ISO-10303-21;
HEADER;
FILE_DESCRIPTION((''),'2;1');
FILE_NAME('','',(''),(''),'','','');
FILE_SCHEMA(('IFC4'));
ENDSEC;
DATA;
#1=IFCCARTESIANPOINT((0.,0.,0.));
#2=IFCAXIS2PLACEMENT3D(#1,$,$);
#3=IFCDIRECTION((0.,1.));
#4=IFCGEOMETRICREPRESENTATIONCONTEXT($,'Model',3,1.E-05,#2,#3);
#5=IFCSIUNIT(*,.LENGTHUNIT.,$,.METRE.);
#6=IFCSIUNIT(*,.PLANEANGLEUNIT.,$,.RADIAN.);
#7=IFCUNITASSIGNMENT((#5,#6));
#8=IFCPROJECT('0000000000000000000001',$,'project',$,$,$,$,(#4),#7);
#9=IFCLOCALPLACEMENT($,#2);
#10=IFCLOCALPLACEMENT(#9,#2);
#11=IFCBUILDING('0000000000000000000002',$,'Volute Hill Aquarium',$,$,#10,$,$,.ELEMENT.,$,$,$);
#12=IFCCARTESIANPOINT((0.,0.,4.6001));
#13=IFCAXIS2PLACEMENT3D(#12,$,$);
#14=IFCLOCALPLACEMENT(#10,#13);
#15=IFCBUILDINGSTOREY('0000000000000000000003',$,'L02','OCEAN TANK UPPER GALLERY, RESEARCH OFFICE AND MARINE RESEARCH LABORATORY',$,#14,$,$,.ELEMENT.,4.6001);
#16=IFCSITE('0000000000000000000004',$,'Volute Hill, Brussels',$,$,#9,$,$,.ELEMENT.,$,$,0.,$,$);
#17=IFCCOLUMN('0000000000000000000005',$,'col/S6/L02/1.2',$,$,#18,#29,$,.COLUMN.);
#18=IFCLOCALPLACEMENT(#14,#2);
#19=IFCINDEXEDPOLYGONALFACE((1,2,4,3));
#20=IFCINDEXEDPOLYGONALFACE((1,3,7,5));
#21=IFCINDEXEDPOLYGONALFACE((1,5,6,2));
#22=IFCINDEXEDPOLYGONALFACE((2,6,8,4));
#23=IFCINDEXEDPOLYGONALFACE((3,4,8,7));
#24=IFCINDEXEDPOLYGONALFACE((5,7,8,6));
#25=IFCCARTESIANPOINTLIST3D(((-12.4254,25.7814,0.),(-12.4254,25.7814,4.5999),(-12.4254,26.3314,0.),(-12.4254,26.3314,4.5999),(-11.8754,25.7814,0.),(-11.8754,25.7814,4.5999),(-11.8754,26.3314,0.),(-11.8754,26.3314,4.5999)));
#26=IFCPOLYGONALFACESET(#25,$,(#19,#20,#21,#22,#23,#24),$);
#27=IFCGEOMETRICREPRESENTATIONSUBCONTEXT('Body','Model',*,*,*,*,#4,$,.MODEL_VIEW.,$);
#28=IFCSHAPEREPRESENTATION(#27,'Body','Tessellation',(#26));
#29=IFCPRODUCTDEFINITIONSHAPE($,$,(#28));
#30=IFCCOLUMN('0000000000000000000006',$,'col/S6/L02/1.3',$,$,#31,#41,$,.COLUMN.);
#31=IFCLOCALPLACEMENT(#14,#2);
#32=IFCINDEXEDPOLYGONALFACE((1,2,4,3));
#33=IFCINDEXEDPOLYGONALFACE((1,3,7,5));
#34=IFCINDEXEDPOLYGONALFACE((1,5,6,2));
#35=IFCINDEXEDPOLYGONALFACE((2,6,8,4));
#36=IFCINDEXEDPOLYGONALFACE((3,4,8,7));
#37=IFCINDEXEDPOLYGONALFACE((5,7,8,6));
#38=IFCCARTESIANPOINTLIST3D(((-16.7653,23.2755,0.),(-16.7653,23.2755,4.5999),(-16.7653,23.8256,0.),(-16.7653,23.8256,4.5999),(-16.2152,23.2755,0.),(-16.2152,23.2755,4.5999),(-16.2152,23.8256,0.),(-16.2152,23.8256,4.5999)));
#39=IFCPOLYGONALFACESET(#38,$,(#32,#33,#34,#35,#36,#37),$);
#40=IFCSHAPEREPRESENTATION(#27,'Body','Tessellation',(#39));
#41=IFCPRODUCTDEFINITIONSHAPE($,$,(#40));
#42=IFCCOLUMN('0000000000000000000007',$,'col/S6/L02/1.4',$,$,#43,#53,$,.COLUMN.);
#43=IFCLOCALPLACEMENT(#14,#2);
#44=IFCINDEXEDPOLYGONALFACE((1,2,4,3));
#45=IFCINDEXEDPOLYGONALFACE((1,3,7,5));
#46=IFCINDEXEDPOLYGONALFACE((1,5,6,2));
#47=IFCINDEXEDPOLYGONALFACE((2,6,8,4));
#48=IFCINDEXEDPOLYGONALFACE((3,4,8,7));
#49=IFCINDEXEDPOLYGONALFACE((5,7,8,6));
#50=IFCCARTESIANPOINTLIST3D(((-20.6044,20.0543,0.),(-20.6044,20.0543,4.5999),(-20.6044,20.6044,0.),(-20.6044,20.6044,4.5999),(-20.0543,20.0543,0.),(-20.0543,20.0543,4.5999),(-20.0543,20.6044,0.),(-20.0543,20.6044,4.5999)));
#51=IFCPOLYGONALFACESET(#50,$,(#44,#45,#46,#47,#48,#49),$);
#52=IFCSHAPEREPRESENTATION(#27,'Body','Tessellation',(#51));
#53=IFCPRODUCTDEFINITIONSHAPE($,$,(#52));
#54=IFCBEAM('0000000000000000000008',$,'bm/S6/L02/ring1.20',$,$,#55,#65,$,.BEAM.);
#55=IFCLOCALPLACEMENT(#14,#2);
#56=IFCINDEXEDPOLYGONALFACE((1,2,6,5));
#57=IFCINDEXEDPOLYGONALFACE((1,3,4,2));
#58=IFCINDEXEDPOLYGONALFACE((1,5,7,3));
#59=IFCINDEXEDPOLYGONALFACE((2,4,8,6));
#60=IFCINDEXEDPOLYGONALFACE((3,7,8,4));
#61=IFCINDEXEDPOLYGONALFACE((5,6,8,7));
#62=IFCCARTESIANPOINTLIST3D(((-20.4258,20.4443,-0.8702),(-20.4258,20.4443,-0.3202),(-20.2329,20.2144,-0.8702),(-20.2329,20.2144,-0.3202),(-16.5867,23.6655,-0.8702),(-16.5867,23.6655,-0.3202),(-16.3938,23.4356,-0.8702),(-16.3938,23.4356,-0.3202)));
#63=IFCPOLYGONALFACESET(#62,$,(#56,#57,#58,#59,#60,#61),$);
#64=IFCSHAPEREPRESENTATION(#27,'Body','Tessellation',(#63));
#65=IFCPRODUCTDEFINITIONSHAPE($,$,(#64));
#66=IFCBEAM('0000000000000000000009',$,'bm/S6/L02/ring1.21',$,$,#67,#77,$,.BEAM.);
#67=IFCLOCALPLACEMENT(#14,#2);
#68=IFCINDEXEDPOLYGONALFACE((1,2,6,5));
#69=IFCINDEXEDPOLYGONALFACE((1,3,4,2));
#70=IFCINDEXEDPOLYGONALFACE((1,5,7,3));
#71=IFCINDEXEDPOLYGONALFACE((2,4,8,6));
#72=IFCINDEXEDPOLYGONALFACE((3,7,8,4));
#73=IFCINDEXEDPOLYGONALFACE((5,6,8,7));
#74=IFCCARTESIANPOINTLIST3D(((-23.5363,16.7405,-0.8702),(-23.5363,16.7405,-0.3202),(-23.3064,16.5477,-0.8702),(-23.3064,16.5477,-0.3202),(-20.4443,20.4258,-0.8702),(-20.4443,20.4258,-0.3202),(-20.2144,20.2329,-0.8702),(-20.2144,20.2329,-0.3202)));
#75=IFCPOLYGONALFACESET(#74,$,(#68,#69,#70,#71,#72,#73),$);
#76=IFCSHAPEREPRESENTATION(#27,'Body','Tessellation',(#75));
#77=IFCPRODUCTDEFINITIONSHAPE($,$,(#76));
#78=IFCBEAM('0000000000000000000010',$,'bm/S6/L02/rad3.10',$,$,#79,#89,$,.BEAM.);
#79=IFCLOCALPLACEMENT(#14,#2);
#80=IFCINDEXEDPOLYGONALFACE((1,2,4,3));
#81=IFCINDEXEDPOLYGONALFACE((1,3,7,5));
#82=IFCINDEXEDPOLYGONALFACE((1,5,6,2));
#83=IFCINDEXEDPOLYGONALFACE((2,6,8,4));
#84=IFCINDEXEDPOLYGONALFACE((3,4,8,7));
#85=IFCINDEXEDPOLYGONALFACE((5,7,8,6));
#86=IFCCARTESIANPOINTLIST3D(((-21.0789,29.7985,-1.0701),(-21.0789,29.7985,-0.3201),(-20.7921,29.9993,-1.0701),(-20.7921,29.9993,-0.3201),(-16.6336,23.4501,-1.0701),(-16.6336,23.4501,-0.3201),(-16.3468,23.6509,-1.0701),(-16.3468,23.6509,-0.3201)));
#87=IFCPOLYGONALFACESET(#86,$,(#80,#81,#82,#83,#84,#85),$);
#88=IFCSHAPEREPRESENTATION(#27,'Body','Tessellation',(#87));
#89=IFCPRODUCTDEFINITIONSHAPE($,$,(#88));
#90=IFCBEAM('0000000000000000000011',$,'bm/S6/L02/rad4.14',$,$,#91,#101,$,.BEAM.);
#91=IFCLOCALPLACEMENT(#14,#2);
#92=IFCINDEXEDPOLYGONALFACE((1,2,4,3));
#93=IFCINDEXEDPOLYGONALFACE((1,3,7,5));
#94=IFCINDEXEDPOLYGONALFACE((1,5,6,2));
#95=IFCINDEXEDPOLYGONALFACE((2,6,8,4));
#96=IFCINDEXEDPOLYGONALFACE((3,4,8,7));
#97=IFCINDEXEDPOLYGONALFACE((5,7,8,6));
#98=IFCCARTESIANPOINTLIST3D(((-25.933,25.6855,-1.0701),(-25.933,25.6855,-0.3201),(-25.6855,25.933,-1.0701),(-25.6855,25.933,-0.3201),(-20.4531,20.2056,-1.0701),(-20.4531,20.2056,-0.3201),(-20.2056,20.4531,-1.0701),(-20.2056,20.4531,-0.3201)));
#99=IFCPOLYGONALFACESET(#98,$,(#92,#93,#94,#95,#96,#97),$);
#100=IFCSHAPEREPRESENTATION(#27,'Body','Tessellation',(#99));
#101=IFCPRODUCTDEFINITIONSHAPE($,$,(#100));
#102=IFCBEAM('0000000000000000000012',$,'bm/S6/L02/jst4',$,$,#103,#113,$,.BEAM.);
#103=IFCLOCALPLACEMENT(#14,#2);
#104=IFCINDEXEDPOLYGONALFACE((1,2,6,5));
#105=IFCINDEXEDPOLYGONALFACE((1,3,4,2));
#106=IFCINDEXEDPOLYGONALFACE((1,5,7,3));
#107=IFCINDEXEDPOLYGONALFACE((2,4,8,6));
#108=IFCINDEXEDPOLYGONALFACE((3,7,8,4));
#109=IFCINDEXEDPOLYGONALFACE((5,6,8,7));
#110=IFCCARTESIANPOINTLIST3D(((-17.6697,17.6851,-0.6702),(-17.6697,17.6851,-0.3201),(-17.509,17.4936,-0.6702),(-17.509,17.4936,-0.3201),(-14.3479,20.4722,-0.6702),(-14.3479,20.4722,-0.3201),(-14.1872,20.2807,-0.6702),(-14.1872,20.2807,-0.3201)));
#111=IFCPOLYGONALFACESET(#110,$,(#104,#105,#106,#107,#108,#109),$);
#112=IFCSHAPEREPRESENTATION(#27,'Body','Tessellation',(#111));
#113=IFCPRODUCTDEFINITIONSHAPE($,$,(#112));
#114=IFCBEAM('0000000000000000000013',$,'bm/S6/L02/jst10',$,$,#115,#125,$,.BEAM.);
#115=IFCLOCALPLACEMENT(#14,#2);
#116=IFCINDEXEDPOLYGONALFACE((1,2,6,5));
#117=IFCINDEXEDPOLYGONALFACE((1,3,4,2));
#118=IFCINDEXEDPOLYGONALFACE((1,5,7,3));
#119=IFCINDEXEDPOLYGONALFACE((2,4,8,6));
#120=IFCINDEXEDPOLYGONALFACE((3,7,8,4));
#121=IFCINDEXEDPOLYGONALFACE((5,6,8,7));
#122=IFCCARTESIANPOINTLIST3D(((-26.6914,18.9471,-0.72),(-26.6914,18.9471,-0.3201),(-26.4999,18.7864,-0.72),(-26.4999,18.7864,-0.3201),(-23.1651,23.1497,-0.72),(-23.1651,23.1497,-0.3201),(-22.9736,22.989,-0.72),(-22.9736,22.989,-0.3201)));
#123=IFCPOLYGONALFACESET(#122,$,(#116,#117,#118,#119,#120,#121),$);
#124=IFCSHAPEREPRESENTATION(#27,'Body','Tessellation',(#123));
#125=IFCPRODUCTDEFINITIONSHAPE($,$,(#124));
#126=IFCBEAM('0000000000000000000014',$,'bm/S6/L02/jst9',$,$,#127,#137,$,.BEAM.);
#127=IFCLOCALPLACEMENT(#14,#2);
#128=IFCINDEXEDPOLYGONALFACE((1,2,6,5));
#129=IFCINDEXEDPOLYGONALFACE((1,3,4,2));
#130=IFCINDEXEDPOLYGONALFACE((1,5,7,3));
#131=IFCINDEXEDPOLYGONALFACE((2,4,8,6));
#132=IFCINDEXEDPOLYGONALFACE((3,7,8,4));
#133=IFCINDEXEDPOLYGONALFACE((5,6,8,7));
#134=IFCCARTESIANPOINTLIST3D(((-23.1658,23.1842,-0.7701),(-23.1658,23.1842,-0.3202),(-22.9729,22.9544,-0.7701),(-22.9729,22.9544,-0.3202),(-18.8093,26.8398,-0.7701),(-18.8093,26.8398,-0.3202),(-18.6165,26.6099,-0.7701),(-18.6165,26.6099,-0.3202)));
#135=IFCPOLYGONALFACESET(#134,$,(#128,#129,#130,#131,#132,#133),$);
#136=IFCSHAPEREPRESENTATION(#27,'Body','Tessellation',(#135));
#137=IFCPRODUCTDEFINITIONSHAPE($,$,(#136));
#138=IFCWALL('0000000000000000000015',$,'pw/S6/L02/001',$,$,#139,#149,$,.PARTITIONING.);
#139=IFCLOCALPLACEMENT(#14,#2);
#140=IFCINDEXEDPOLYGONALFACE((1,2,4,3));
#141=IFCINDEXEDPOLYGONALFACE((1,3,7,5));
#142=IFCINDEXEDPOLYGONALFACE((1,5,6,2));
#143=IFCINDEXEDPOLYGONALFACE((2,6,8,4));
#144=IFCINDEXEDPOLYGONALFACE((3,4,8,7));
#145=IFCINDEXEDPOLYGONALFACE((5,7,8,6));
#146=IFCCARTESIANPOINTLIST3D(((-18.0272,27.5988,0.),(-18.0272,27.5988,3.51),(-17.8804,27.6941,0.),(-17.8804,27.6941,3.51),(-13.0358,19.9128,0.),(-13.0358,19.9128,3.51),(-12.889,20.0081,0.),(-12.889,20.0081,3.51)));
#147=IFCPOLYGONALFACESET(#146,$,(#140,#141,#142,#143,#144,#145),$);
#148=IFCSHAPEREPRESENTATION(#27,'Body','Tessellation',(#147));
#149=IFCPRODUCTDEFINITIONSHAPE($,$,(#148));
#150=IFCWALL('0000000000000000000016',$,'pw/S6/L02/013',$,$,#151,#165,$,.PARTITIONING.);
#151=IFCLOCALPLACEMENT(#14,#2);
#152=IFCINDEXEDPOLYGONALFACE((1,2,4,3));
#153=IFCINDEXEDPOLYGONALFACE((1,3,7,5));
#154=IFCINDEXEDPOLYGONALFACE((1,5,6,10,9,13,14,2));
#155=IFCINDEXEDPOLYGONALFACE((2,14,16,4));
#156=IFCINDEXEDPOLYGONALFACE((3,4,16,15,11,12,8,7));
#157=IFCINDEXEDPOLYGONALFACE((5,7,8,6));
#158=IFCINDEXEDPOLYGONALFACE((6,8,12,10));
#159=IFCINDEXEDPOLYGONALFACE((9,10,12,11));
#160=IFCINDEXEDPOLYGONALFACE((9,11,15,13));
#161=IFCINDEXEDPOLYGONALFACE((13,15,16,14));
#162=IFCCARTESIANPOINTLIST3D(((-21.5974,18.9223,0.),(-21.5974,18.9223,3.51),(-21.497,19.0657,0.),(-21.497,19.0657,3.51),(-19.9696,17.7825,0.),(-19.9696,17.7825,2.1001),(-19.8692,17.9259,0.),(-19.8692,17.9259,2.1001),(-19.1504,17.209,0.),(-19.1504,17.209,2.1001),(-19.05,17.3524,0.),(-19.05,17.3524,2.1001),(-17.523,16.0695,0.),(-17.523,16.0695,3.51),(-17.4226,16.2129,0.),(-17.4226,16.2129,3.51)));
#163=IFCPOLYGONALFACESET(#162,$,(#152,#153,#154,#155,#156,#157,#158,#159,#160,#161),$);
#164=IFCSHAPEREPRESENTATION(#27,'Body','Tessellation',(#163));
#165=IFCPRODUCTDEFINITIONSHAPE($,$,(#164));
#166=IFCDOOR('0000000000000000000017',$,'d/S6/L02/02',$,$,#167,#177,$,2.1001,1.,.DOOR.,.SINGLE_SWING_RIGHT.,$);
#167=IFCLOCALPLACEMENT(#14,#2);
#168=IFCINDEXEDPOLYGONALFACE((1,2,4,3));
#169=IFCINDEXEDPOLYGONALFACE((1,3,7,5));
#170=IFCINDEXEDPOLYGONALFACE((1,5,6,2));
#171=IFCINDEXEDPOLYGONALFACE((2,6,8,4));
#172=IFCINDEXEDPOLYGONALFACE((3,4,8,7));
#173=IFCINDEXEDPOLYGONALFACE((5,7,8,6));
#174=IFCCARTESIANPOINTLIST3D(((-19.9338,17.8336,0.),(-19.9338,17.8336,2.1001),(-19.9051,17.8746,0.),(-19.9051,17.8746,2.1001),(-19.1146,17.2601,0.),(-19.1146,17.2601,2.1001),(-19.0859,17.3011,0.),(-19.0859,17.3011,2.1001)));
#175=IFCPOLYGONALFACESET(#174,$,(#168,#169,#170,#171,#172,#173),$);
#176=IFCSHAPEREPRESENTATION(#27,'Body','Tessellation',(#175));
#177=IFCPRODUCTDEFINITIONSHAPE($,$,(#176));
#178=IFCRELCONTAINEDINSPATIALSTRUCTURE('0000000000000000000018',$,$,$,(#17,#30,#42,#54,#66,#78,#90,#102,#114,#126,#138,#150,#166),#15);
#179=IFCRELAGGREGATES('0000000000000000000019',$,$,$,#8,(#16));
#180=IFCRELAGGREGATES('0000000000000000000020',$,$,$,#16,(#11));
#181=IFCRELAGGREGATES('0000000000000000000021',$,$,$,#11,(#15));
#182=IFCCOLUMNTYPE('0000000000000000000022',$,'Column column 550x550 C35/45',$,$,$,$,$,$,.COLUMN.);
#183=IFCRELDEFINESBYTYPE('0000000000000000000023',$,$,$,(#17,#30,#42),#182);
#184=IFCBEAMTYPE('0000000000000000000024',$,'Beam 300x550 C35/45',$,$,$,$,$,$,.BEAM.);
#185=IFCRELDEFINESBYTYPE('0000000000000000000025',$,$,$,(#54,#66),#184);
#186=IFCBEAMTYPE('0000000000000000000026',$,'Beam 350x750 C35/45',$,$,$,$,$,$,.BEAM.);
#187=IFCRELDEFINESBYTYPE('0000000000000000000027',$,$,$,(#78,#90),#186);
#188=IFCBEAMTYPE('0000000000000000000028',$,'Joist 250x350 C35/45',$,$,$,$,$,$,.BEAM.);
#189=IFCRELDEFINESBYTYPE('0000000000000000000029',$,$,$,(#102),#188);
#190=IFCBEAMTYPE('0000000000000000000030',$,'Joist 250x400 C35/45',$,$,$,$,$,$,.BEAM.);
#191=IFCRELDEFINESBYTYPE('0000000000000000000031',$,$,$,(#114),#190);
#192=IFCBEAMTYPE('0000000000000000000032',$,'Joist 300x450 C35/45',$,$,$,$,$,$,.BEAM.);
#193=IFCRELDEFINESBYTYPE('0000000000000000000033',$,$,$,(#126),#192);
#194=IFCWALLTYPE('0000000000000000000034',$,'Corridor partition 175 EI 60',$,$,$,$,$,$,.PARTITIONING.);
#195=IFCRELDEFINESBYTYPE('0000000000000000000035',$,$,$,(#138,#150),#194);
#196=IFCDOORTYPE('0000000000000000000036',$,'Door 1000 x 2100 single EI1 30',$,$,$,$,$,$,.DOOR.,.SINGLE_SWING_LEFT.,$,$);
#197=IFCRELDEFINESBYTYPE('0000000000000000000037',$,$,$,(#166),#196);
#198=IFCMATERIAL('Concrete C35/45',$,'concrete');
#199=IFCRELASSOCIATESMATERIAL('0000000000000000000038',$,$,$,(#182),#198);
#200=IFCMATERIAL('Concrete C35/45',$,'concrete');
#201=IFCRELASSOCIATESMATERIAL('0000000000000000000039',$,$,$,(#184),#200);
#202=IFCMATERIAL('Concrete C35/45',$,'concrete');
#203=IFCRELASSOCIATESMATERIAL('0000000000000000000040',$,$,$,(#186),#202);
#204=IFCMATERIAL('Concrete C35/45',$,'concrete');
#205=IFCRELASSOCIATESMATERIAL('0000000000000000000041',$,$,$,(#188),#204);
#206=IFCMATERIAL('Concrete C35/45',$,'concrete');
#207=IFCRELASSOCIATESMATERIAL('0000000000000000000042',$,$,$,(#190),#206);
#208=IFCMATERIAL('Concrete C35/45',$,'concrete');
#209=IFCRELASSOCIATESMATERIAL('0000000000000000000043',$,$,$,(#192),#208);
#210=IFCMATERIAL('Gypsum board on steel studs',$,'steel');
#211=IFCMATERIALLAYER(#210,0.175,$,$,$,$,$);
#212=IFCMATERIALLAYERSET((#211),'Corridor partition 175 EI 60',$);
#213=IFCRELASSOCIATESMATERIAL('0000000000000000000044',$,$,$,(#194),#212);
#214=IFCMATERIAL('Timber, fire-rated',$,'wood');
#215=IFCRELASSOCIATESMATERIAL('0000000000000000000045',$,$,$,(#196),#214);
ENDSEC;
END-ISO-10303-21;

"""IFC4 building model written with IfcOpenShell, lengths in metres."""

from ifc_helpers import new_model, si_unit, direction, frame, frame_2d, origin, origin_2d, place, context, subcontext, project, spatial, rectangle, extrude, material, layer, layer_set, material_profile, profile_set, type_object, element, fill, save


model = new_model("IFC4")

# Units and contexts
model_context = context("Model", 3, precision=1e-05, world=origin(), true_north=direction((0.0, 1.0)))
body_context = subcontext(model_context, "Body", "Model", "MODEL_VIEW")
ifc_project = project(units=[si_unit("LENGTHUNIT", "METRE"), si_unit("PLANEANGLEUNIT", "RADIAN")], contexts=[model_context])

# Site, building, storey
site_placement = place(None, origin())
site = spatial("IfcSite", under=ifc_project, at=site_placement, Name="Volute Hill, Brussels", CompositionType="ELEMENT", RefElevation=0.0)
building_placement = place(site_placement, origin())
building = spatial("IfcBuilding", under=site, at=building_placement, Name="Volute Hill Aquarium", CompositionType="ELEMENT")
storey_placement = place(building_placement, frame((0.0, 0.0, 4.6001)))
storey = spatial("IfcBuildingStorey", under=building, at=storey_placement, Name="L02", Description="OCEAN TANK UPPER GALLERY, RESEARCH OFFICE AND MARINE RESEARCH LABORATORY", CompositionType="ELEMENT", Elevation=4.6001)

# Columns
ifc_material_1 = material(Name="Concrete C35/45", Category="concrete")
ifc_material_profile_1 = material_profile(ifc_material_1, rectangle(XDim=0.55, YDim=0.55, at=origin_2d()), Name="RC column 550x550")
ifc_profile_set_1 = profile_set([ifc_material_profile_1], Name="Concrete C35/45")
column_type = type_object("IfcColumnType", Name="Column column 550x550 C35/45", PredefinedType="COLUMN", material=ifc_profile_set_1)
for number, where, z_axis, x_axis, name in (
    (1, (-12.1504, 26.0564, 0.0), (0.0, 0.0, 1.0), (1.0, 0.0, 0.0), "col/S6/L02/1.2"),
    (2, (-16.4902, 23.5505, 0.0), (0.0, 0.0, 1.0), (1.0, 0.0, 0.0), "col/S6/L02/1.3"),
    (3, (-20.3293, 20.3293, 0.0), (0.0, 0.0, 1.0), (1.0, 0.0, 0.0), "col/S6/L02/1.4"),
):
    element("IfcColumn", number, at=place(storey_placement, frame(where, z_axis=z_axis, x_axis=x_axis)), inside=storey, type_object=column_type, Name=name, PredefinedType="COLUMN", context=body_context, shape_type="SweptSolid", body=[
        extrude(rectangle(XDim=0.55, YDim=0.55, at=origin_2d()), origin(), (0.0, 0.0, 1.0), 4.5999),
    ])

# Beams
ifc_material_2 = material(Name="Concrete C35/45", Category="concrete")
ifc_material_profile_2 = material_profile(ifc_material_2, rectangle(XDim=0.3, YDim=0.55, at=origin_2d()), Name="RC beam 300x550")
ifc_profile_set_2 = profile_set([ifc_material_profile_2], Name="Concrete C35/45")
beam_type_1 = type_object("IfcBeamType", Name="Beam 300x550 C35/45", PredefinedType="BEAM", material=ifc_profile_set_2)
beam_1_placement = place(storey_placement, frame((-16.4902, 23.5505, -0.5952), z_axis=(-0.766065, -0.642764, 0.0), x_axis=(0.642764, -0.766065, 0.0)))
element("IfcBeam", 4, at=beam_1_placement, inside=storey, type_object=beam_type_1, Name="bm/S6/L02/ring1.20", PredefinedType="BEAM", context=body_context, shape_type="SweptSolid", body=[
    extrude(rectangle(XDim=0.3, YDim=0.55, at=origin_2d()), origin(), (0.0, 0.0, 1.0), 5.0115),
])
beam_2_placement = place(storey_placement, frame((-20.3293, 20.3293, -0.5952), z_axis=(-0.642752, -0.766075, 0.0), x_axis=(0.766075, -0.642752, 0.0)))
element("IfcBeam", 5, at=beam_2_placement, inside=storey, type_object=beam_type_1, Name="bm/S6/L02/ring1.21", PredefinedType="BEAM", context=body_context, shape_type="SweptSolid", body=[
    extrude(rectangle(XDim=0.3, YDim=0.55, at=origin_2d()), origin(), (0.0, 0.0, 1.0), 4.8105),
])
ifc_material_3 = material(Name="Concrete C35/45", Category="concrete")
ifc_material_profile_3 = material_profile(ifc_material_3, rectangle(XDim=0.3501, YDim=0.75, at=origin_2d()), Name="RC beam 350x750")
ifc_profile_set_3 = profile_set([ifc_material_profile_3], Name="Concrete C35/45")
beam_type_2 = type_object("IfcBeamType", Name="Beam 350x750 C35/45", PredefinedType="BEAM", material=ifc_profile_set_3)
beam_3_placement = place(storey_placement, frame((-16.4902, 23.5505, -0.6951), z_axis=(-0.573587, 0.819145, 0.0), x_axis=(-0.819145, -0.573587, 0.0)))
element("IfcBeam", 6, at=beam_3_placement, inside=storey, type_object=beam_type_2, Name="bm/S6/L02/rad3.10", PredefinedType="BEAM", context=body_context, shape_type="SweptSolid", body=[
    extrude(rectangle(XDim=0.3501, YDim=0.75, at=origin_2d()), origin(), (0.0, 0.0, 1.0), 7.75),
])
beam_4_placement = place(storey_placement, frame((-20.3293, 20.3293, -0.6951), z_axis=(-0.707107, 0.707107, 0.0), x_axis=(-0.707107, -0.707107, 0.0)))
element("IfcBeam", 7, at=beam_4_placement, inside=storey, type_object=beam_type_2, Name="bm/S6/L02/rad4.14", PredefinedType="BEAM", context=body_context, shape_type="SweptSolid", body=[
    extrude(rectangle(XDim=0.3501, YDim=0.75, at=origin_2d()), origin(), (0.0, 0.0, 1.0), 7.7498),
])
ifc_material_4 = material(Name="Concrete C35/45", Category="concrete")
ifc_material_profile_4 = material_profile(ifc_material_4, rectangle(XDim=0.25, YDim=0.3501, at=origin_2d()), Name="RC joist 250x350")
ifc_profile_set_4 = profile_set([ifc_material_profile_4], Name="Concrete C35/45")
beam_type_3 = type_object("IfcBeamType", Name="Joist 250x350 C35/45", PredefinedType="BEAM", material=ifc_profile_set_4)
beam_5_placement = place(storey_placement, frame((-14.2676, 20.3765, -0.4951), z_axis=(-0.766066, -0.642762, 0.0), x_axis=(0.642762, -0.766066, 0.0)))
element("IfcBeam", 8, at=beam_5_placement, inside=storey, type_object=beam_type_3, Name="bm/S6/L02/jst4", PredefinedType="BEAM", context=body_context, shape_type="SweptSolid", body=[
    extrude(rectangle(XDim=0.25, YDim=0.3501, at=origin_2d()), origin(), (0.0, 0.0, 1.0), 4.3362),
])
ifc_material_5 = material(Name="Concrete C35/45", Category="concrete")
ifc_material_profile_5 = material_profile(ifc_material_5, rectangle(XDim=0.25, YDim=0.3999, at=origin_2d()), Name="RC joist 250x400")
ifc_profile_set_5 = profile_set([ifc_material_profile_5], Name="Concrete C35/45")
beam_type_4 = type_object("IfcBeamType", Name="Joist 250x400 C35/45", PredefinedType="BEAM", material=ifc_profile_set_5)
beam_6_placement = place(storey_placement, frame((-23.0693, 23.0693, -0.52), z_axis=(-0.642781, -0.76605, 0.0), x_axis=(0.76605, -0.642781, 0.0)))
element("IfcBeam", 9, at=beam_6_placement, inside=storey, type_object=beam_type_4, Name="bm/S6/L02/jst10", PredefinedType="BEAM", context=body_context, shape_type="SweptSolid", body=[
    extrude(rectangle(XDim=0.25, YDim=0.3999, at=origin_2d()), origin(), (0.0, 0.0, 1.0), 5.4861),
])
ifc_material_6 = material(Name="Concrete C35/45", Category="concrete")
ifc_material_profile_6 = material_profile(ifc_material_6, rectangle(XDim=0.3, YDim=0.45, at=origin_2d()), Name="RC joist 300x450")
ifc_profile_set_6 = profile_set([ifc_material_profile_6], Name="Concrete C35/45")
beam_type_5 = type_object("IfcBeamType", Name="Joist 300x450 C35/45", PredefinedType="BEAM", material=ifc_profile_set_6)
beam_7_placement = place(storey_placement, frame((-18.7129, 26.7249, -0.5452), z_axis=(-0.766042, -0.64279, 0.0), x_axis=(0.64279, -0.766042, 0.0)))
element("IfcBeam", 10, at=beam_7_placement, inside=storey, type_object=beam_type_5, Name="bm/S6/L02/jst9", PredefinedType="BEAM", context=body_context, shape_type="SweptSolid", body=[
    extrude(rectangle(XDim=0.3, YDim=0.45, at=origin_2d()), origin(), (0.0, 0.0, 1.0), 5.687),
])

# Wall
ifc_material_7 = material(Name="Gypsum board on steel studs", Category="steel")
ifc_layer_1 = layer(ifc_material_7, 0.175)
ifc_layer_set_1 = layer_set([ifc_layer_1], Name="Corridor partition 175 EI 60")
wall_type_1 = type_object("IfcWallType", Name="Corridor partition 175 EI 60", PredefinedType="PARTITIONING", material=ifc_layer_set_1)
wall_1_placement = place(storey_placement, frame((-12.9624, 19.9604, 0.0), z_axis=(0.0, 0.0, 1.0), x_axis=(-0.544646, 0.838666, 0.0)))
element("IfcWall", 11, at=wall_1_placement, inside=storey, type_object=wall_type_1, Name="pw/S6/L02/001", PredefinedType="PARTITIONING", context=body_context, shape_type="SweptSolid", body=[
    extrude(rectangle(XDim=9.1646, YDim=0.175, at=frame_2d((4.5823, 0.0))), origin(), (0.0, 0.0, 1.0), 3.51),
])

# Wall, opening, door
wall_2_placement = place(storey_placement, frame((-21.5471, 18.9939, 0.0), z_axis=(0.0, 0.0, 1.0), x_axis=(0.81917, -0.573551, 0.0)))
wall_2 = element("IfcWall", 12, at=wall_2_placement, inside=storey, type_object=wall_type_1, Name="pw/S6/L02/013", PredefinedType="PARTITIONING", context=body_context, shape_type="SweptSolid", body=[
    extrude(rectangle(XDim=4.9739, YDim=0.175, at=frame_2d((2.4868, 0.0))), origin(), (0.0, 0.0, 1.0), 3.51),
])
opening_placement = place(wall_2_placement, frame((1.9871, 0.0, 0.0)))
opening = element("IfcOpeningElement", 13, at=opening_placement, cuts=wall_2, PredefinedType="OPENING", context=body_context, shape_type="SweptSolid", body=[
    extrude(rectangle(XDim=1.0, YDim=2.1001, at=frame_2d((0.5, 1.05))), frame((0.0, 0.0974, 0.0), z_axis=(0.0, -1.0, 0.0), x_axis=(1.0, 0.0, 0.0)), (0.0, 0.0, 1.0), 0.1951),
])
ifc_material_8 = material(Name="Timber, fire-rated", Category="wood")
door_type = type_object("IfcDoorType", Name="Door 1000 x 2100 single EI1 30", OperationType="SINGLE_SWING_LEFT", PredefinedType="DOOR", material=ifc_material_8)
door_placement = place(opening_placement, origin())
door = element("IfcDoor", 14, at=door_placement, inside=storey, type_object=door_type, Name="d/S6/L02/02", OperationType="SINGLE_SWING_RIGHT", OverallHeight=2.1001, OverallWidth=1.0, PredefinedType="DOOR", context=body_context, shape_type="SweptSolid", body=[
    extrude(rectangle(XDim=1.0, YDim=2.1001, at=frame_2d((0.5, 1.05))), frame((0.0, 0.0249, 0.0), z_axis=(0.0, -1.0, 0.0), x_axis=(1.0, 0.0, 0.0)), (0.0, 0.0, 1.0), 0.05),
])
fill(opening, door)

save(model, "model.ifc")
